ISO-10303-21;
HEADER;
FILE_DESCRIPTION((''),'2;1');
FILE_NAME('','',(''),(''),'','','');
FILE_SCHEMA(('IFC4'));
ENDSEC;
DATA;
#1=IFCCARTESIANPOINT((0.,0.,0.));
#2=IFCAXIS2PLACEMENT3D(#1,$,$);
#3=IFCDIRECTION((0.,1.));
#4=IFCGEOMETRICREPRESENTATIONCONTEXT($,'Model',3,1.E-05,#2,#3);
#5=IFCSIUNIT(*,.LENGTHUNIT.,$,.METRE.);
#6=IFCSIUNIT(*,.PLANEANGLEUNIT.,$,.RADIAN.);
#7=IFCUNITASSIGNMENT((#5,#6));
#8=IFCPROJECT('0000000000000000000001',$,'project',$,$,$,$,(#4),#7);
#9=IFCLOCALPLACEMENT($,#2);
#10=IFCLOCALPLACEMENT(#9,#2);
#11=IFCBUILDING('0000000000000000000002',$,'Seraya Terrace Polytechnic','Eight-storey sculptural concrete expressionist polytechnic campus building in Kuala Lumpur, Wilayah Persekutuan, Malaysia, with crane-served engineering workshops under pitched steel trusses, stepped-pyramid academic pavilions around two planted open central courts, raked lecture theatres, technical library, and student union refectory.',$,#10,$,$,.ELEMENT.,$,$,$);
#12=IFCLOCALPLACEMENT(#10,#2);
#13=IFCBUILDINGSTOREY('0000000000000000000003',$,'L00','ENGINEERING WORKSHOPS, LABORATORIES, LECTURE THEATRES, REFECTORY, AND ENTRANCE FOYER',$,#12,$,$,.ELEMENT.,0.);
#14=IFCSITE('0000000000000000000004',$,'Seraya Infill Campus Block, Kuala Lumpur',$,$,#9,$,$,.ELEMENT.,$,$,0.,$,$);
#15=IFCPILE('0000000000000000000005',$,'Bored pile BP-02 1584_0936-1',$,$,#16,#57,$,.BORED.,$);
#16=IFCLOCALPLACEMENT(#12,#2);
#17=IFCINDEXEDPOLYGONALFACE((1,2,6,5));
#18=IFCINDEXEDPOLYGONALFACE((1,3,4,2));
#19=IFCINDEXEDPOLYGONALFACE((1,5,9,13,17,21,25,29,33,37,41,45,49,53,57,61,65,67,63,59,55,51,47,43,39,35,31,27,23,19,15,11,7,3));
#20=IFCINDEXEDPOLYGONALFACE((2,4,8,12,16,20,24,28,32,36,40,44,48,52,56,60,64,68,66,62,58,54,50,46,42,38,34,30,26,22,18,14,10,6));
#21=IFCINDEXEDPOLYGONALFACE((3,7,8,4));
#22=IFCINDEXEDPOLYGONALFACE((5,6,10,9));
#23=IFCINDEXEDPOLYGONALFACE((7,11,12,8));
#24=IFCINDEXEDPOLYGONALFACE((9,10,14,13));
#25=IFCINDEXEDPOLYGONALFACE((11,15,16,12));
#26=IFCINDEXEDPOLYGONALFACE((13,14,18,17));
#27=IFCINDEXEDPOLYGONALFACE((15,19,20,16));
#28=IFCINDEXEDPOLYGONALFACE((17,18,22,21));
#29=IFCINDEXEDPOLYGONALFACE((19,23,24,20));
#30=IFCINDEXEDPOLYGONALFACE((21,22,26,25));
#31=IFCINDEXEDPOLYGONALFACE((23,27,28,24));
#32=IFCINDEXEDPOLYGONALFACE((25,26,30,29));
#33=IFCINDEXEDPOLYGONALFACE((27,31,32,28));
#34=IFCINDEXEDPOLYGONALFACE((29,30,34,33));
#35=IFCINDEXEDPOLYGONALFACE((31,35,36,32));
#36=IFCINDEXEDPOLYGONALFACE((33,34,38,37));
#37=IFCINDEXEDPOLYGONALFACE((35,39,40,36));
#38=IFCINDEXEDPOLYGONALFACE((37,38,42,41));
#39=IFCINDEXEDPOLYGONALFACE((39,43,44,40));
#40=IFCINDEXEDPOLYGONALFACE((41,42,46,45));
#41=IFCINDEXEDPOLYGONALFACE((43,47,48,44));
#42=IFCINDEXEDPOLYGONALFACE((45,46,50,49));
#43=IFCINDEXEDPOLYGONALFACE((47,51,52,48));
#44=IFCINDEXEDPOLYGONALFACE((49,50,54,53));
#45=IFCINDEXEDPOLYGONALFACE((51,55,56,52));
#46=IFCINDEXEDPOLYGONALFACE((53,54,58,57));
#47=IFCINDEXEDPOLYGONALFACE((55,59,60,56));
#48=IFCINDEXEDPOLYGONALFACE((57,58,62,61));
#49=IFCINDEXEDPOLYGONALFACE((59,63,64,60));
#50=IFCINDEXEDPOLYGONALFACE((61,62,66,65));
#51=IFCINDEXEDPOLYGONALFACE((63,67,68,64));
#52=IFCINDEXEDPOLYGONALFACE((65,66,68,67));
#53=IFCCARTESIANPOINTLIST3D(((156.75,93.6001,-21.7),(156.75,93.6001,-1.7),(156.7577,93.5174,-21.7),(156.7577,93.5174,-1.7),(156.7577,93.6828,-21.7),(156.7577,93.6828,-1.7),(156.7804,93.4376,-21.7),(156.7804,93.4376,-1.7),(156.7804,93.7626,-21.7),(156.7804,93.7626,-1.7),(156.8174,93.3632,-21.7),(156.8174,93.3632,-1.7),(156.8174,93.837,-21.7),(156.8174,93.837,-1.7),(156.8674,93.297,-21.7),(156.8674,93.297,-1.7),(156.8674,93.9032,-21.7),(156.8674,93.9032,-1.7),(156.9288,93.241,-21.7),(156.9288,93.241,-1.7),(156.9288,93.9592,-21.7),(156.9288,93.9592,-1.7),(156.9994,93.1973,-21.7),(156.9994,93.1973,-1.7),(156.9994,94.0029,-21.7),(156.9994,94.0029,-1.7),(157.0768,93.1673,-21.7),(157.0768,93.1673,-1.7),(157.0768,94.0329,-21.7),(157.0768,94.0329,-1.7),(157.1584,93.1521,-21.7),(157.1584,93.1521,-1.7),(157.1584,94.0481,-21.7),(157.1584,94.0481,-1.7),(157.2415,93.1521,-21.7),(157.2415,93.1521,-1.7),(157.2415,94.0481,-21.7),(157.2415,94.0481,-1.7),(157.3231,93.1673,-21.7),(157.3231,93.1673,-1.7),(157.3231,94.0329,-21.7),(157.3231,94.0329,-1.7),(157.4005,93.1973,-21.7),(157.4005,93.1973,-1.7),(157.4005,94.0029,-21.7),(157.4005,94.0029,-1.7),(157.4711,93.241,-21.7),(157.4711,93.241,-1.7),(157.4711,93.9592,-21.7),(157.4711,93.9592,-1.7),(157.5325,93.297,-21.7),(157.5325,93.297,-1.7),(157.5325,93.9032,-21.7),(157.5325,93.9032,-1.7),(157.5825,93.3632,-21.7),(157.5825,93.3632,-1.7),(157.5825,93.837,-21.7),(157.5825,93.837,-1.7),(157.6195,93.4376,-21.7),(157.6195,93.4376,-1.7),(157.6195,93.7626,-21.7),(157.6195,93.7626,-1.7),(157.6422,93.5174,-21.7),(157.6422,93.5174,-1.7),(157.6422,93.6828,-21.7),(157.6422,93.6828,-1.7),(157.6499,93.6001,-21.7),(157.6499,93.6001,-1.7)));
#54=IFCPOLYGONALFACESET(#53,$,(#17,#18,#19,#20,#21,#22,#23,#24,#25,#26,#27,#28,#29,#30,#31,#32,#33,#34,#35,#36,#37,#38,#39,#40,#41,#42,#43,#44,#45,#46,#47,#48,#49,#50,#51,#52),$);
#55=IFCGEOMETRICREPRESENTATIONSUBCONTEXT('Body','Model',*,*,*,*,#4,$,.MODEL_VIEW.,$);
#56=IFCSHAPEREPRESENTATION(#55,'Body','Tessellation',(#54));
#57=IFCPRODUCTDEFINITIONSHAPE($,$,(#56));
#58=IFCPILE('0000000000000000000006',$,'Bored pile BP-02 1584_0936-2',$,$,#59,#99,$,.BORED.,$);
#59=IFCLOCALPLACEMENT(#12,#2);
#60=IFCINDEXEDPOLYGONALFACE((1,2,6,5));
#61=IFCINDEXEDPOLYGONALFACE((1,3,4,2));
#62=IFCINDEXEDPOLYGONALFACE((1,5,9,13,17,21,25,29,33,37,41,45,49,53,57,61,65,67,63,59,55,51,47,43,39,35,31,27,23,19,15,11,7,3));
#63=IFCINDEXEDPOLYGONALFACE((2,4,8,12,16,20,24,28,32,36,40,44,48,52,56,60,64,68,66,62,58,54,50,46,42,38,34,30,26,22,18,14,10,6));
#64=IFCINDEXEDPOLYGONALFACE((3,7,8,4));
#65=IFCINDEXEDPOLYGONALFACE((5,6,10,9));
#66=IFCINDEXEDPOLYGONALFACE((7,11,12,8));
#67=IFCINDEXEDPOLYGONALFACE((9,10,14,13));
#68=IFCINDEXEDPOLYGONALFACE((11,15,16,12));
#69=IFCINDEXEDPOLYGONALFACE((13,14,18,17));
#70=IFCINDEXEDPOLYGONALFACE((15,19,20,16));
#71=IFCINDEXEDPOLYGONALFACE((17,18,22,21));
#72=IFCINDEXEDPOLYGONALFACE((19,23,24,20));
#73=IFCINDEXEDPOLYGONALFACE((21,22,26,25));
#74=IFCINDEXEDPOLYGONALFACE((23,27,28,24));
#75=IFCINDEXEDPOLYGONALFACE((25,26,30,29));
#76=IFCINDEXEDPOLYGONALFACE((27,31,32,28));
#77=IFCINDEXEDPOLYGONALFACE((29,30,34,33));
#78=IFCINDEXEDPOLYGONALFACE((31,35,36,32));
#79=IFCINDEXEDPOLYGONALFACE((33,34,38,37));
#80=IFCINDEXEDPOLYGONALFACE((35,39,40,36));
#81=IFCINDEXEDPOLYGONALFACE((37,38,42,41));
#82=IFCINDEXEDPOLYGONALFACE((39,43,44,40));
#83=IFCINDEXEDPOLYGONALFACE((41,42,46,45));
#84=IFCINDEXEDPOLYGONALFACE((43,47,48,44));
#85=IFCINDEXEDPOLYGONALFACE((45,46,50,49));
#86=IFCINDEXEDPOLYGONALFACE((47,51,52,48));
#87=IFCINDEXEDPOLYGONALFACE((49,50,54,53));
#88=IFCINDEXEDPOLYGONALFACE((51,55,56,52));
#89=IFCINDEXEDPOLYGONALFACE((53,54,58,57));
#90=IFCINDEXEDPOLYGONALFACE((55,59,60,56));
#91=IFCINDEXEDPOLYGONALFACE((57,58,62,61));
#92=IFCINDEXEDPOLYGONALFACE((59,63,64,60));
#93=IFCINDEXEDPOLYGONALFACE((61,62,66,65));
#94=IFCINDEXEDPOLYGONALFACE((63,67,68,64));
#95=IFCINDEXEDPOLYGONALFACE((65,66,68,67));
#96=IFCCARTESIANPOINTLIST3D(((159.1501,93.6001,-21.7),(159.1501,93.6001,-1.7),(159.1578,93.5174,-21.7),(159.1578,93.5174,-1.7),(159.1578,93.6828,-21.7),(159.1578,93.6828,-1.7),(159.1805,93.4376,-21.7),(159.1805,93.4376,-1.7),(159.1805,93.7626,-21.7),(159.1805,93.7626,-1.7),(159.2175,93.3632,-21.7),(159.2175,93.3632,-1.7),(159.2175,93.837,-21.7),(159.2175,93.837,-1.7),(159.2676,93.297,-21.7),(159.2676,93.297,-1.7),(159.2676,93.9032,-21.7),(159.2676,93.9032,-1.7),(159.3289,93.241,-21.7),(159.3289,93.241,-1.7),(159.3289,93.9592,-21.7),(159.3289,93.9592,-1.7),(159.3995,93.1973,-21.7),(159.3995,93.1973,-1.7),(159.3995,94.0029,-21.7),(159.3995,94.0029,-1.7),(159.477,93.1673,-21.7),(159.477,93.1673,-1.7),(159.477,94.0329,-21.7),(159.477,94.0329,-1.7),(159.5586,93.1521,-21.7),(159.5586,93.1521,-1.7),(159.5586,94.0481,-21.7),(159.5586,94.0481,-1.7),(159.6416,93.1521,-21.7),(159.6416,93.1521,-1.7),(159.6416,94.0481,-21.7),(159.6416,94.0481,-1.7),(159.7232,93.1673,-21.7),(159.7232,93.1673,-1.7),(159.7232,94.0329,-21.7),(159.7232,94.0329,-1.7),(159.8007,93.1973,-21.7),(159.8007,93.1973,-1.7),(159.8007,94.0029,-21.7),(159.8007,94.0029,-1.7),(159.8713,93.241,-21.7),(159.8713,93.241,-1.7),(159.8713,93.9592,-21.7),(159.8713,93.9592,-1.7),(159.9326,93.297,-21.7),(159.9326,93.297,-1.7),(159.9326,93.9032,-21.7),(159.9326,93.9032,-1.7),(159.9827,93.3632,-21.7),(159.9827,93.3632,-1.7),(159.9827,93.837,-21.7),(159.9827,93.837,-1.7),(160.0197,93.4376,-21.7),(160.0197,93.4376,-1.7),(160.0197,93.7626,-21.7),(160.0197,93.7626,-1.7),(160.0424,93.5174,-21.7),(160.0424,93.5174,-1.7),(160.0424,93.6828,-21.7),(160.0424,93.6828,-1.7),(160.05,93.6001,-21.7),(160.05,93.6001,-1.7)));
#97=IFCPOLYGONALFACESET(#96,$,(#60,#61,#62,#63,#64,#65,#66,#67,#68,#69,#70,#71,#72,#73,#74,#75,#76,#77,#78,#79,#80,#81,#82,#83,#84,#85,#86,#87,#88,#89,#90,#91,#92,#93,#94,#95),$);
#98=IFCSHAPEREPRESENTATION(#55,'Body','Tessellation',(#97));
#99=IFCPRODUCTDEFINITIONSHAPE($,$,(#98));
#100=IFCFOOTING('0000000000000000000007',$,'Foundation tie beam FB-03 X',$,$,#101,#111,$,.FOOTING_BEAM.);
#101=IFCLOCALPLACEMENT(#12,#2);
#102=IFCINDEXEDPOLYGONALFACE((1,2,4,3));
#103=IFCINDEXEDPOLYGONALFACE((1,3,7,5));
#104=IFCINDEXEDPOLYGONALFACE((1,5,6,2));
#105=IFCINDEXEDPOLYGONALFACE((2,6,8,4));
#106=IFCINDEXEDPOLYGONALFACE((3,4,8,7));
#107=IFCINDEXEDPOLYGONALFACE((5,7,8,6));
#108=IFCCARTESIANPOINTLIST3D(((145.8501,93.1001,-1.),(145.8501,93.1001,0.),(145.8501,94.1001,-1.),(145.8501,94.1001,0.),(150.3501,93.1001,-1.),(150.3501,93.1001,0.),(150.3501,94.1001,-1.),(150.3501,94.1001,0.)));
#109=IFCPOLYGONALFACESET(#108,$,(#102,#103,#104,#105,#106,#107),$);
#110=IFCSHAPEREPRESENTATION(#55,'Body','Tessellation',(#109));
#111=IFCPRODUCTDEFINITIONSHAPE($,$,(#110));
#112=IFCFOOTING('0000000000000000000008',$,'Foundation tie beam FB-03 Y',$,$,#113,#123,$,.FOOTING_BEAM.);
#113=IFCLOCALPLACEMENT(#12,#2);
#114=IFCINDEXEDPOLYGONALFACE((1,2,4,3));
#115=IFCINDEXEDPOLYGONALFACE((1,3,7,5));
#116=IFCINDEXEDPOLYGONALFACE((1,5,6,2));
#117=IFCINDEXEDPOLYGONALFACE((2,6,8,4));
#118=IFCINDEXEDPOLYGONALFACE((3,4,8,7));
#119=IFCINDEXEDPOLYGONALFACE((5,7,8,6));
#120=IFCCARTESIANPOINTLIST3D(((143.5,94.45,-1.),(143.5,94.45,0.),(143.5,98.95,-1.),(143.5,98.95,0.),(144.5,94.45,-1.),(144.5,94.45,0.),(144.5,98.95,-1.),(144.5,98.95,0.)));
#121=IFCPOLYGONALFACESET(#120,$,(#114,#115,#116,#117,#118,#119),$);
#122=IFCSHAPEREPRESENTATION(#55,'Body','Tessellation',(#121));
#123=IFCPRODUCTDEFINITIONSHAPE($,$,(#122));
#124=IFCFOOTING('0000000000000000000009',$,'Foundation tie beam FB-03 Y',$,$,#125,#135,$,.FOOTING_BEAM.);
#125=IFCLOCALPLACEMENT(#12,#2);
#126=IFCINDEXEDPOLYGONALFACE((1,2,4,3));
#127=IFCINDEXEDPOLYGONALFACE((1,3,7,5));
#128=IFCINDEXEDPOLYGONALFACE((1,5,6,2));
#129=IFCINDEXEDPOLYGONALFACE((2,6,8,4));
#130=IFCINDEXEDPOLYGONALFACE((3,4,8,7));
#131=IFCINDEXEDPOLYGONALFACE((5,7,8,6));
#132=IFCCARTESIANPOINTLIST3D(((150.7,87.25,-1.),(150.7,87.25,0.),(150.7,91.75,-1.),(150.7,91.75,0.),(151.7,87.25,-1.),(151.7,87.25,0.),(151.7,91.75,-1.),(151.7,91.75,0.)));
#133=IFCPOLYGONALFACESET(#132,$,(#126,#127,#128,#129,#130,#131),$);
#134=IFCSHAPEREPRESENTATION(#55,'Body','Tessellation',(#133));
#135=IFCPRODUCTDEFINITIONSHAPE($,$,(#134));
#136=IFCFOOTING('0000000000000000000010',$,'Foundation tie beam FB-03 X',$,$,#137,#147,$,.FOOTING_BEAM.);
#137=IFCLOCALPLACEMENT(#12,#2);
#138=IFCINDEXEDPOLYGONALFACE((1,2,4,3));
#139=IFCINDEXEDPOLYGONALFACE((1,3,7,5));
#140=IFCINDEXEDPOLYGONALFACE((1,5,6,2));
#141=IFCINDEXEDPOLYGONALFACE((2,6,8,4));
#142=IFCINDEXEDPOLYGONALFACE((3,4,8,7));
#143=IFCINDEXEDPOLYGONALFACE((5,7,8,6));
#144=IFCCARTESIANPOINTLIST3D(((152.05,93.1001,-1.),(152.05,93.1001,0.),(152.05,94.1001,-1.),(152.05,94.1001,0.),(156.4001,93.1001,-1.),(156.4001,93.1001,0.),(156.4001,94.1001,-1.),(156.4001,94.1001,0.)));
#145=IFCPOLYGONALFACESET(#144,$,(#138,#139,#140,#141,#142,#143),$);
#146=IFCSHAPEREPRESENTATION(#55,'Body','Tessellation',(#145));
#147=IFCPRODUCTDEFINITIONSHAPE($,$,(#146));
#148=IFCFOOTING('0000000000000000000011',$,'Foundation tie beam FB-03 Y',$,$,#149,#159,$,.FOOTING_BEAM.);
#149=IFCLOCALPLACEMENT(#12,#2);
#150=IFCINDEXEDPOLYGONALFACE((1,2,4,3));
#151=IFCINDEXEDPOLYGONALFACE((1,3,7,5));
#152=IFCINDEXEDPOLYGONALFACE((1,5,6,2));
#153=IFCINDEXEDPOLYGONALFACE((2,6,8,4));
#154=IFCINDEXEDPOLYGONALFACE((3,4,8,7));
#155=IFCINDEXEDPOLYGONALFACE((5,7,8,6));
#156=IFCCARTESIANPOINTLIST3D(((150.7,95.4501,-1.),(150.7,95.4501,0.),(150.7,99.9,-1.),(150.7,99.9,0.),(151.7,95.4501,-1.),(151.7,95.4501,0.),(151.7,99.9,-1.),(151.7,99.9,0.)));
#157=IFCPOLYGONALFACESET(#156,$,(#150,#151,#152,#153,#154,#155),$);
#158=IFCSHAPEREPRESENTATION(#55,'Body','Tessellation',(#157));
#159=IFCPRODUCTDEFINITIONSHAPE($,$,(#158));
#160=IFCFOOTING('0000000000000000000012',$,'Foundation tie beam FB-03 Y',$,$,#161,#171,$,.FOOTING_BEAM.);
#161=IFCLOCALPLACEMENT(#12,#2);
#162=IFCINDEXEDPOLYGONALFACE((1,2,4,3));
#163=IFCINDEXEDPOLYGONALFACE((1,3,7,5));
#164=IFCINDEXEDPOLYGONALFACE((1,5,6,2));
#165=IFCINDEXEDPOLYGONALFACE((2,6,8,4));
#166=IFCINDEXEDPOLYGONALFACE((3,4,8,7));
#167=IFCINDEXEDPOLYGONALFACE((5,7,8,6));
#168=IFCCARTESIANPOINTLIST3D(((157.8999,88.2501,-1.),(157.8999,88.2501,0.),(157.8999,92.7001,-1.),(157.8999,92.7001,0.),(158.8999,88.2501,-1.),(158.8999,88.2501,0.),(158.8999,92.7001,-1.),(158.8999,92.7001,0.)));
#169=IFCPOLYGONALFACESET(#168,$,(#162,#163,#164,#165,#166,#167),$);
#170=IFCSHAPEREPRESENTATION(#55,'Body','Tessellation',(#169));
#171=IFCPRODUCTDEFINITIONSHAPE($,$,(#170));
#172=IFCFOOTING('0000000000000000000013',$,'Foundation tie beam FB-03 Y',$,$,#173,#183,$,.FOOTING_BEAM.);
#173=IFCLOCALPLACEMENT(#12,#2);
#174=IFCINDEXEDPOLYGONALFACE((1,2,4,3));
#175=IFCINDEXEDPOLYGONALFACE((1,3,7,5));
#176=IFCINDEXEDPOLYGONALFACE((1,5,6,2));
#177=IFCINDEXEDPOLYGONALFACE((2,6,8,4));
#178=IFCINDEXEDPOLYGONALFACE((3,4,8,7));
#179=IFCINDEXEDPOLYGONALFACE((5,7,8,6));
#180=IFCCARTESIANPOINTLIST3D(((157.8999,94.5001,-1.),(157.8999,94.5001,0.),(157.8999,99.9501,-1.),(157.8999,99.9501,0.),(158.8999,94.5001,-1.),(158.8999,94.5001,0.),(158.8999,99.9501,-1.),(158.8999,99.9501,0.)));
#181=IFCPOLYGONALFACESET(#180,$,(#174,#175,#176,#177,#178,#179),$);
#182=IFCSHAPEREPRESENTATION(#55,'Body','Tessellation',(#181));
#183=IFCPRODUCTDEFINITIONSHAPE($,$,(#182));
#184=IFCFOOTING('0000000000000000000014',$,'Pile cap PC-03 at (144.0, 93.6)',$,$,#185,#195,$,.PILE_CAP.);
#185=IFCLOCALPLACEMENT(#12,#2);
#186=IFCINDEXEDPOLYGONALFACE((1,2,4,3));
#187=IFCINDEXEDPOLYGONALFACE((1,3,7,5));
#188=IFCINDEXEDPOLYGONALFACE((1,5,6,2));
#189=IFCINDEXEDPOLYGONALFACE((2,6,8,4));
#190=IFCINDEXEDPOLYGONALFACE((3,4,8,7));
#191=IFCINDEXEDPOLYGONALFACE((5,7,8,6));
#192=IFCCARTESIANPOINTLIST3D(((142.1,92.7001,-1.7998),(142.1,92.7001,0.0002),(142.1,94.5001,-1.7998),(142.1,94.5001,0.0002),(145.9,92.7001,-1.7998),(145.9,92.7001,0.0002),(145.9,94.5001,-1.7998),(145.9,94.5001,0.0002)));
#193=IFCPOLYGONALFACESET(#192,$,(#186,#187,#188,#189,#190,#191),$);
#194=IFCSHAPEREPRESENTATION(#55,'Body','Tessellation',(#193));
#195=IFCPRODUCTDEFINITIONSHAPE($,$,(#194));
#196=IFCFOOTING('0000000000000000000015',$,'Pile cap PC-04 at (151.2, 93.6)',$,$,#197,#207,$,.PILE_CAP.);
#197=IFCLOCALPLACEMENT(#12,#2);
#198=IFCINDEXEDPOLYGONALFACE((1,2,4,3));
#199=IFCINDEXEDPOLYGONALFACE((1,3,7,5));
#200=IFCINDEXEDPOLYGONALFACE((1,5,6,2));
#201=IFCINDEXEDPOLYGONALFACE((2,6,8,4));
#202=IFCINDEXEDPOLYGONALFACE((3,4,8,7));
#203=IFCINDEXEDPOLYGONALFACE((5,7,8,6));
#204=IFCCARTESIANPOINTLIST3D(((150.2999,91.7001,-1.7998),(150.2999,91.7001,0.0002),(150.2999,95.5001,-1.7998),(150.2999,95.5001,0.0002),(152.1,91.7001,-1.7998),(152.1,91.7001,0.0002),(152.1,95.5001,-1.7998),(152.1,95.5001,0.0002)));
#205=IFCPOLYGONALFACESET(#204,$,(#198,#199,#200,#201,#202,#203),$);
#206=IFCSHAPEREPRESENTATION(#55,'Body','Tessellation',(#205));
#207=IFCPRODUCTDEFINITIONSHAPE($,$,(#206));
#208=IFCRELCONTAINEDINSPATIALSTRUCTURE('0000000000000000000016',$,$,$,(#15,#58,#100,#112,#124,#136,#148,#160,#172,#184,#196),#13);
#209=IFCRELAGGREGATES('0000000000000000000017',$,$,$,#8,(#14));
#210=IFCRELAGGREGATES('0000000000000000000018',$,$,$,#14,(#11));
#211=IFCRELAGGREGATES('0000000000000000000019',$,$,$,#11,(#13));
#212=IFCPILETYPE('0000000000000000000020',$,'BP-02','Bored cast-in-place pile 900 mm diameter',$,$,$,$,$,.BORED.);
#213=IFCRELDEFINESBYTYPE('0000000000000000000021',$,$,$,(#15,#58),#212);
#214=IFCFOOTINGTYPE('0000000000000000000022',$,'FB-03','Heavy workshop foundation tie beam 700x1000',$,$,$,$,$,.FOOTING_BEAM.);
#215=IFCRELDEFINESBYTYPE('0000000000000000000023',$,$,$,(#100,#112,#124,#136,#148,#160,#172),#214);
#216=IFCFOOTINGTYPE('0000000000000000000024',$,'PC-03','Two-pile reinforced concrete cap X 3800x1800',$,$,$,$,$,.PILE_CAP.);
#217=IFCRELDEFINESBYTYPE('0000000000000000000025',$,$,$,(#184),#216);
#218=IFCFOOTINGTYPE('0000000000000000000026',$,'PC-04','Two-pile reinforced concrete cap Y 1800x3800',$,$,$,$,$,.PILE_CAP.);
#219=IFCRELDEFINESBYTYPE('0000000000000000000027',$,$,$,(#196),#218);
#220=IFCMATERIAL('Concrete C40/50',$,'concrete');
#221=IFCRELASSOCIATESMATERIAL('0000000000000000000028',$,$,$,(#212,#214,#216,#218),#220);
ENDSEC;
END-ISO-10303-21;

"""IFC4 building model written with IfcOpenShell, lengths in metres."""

from ifc_helpers import new_model, si_unit, direction, frame, origin, origin_2d, place, context, subcontext, project, spatial, rectangle, circle, extrude, material, material_profile, profile_set, type_object, element, save


model = new_model("IFC4")

# Units and contexts
model_context = context("Model", 3, precision=1e-05, world=origin(), true_north=direction((0.0, 1.0)))
body_context = subcontext(model_context, "Body", "Model", "MODEL_VIEW")
ifc_project = project(units=[si_unit("LENGTHUNIT", "METRE"), si_unit("PLANEANGLEUNIT", "RADIAN")], contexts=[model_context])

# Site, building, storey
site_placement = place(None, origin())
site = spatial("IfcSite", under=ifc_project, at=site_placement, Name="Seraya Infill Campus Block, Kuala Lumpur", CompositionType="ELEMENT", RefElevation=0.0)
building_placement = place(site_placement, origin())
building = spatial("IfcBuilding", under=site, at=building_placement, Name="Seraya Terrace Polytechnic", Description="Eight-storey sculptural concrete expressionist polytechnic campus building in Kuala Lumpur, Wilayah Persekutuan, Malaysia, with crane-served engineering workshops under pitched steel trusses, stepped-pyramid academic pavilions around two planted open central courts, raked lecture theatres, technical library, and student union refectory.", CompositionType="ELEMENT")
storey_placement = place(building_placement, origin())
storey = spatial("IfcBuildingStorey", under=building, at=storey_placement, Name="L00", Description="ENGINEERING WORKSHOPS, LABORATORIES, LECTURE THEATRES, REFECTORY, AND ENTRANCE FOYER", CompositionType="ELEMENT", Elevation=0.0)

# Piles
ifc_material_1 = material(Name="Concrete C40/50", Category="concrete")
ifc_material_profile_1 = material_profile(ifc_material_1, circle(Radius=0.45, at=origin_2d()), Name="DIA 900")
ifc_profile_set_1 = profile_set([ifc_material_profile_1], Name="Concrete C40/50")
pile_type = type_object("IfcPileType", Name="BP-02", Description="Bored cast-in-place pile 900 mm diameter", PredefinedType="BORED", material=ifc_profile_set_1)
for number, where, z_axis, x_axis, name in (
    (1, (157.2, 93.6001, -1.7), (0.0, 0.0, -1.0), (1.0, 0.0, 0.0), "Bored pile BP-02 1584_0936-1"),
    (2, (159.6001, 93.6001, -1.7), (0.0, 0.0, -1.0), (1.0, 0.0, 0.0), "Bored pile BP-02 1584_0936-2"),
):
    element("IfcPile", number, at=place(storey_placement, frame(where, z_axis=z_axis, x_axis=x_axis)), inside=storey, type_object=pile_type, Name=name, PredefinedType="BORED", context=body_context, shape_type="SweptSolid", body=[
        extrude(circle(Radius=0.45, at=origin_2d()), origin(), (0.0, 0.0, 1.0), 20.0),
    ])

# Footings
footing_type_1 = type_object("IfcFootingType", Name="FB-03", Description="Heavy workshop foundation tie beam 700x1000", PredefinedType="FOOTING_BEAM", material=ifc_material_1)
for number, where, z_axis, x_axis, name in (
    (3, (148.1001, 93.6001, -1.0), (0.0, 0.0, 1.0), (1.0, 0.0, 0.0), "Foundation tie beam FB-03 X"),
    (4, (144.0, 96.7, -1.0), (0.0, 0.0, 1.0), (0.0, 1.0, 0.0), "Foundation tie beam FB-03 Y"),
    (5, (151.2, 89.5, -1.0), (0.0, 0.0, 1.0), (0.0, 1.0, 0.0), "Foundation tie beam FB-03 Y"),
):
    element("IfcFooting", number, at=place(storey_placement, frame(where, z_axis=z_axis, x_axis=x_axis)), inside=storey, type_object=footing_type_1, Name=name, PredefinedType="FOOTING_BEAM", context=body_context, shape_type="SweptSolid", body=[
        extrude(rectangle(XDim=4.5, YDim=1.0, at=origin_2d()), origin(), (0.0, 0.0, 1.0), 1.0),
    ])
footing_1_placement = place(storey_placement, frame((154.2251, 93.6001, -1.0), z_axis=(0.0, 0.0, 1.0), x_axis=(1.0, 0.0, 0.0)))
element("IfcFooting", 6, at=footing_1_placement, inside=storey, type_object=footing_type_1, Name="Foundation tie beam FB-03 X", PredefinedType="FOOTING_BEAM", context=body_context, shape_type="SweptSolid", body=[
    extrude(rectangle(XDim=4.3501, YDim=1.0, at=origin_2d()), origin(), (0.0, 0.0, 1.0), 1.0),
])
for number, where, z_axis, x_axis, name in (
    (7, (151.2, 97.675, -1.0), (0.0, 0.0, 1.0), (0.0, 1.0, 0.0), "Foundation tie beam FB-03 Y"),
    (8, (158.3999, 90.4751, -1.0), (0.0, 0.0, 1.0), (0.0, 1.0, 0.0), "Foundation tie beam FB-03 Y"),
):
    element("IfcFooting", number, at=place(storey_placement, frame(where, z_axis=z_axis, x_axis=x_axis)), inside=storey, type_object=footing_type_1, Name=name, PredefinedType="FOOTING_BEAM", context=body_context, shape_type="SweptSolid", body=[
        extrude(rectangle(XDim=4.45, YDim=1.0, at=origin_2d()), origin(), (0.0, 0.0, 1.0), 1.0),
    ])
footing_2_placement = place(storey_placement, frame((158.3999, 97.2251, -1.0), z_axis=(0.0, 0.0, 1.0), x_axis=(0.0, 1.0, 0.0)))
element("IfcFooting", 9, at=footing_2_placement, inside=storey, type_object=footing_type_1, Name="Foundation tie beam FB-03 Y", PredefinedType="FOOTING_BEAM", context=body_context, shape_type="SweptSolid", body=[
    extrude(rectangle(XDim=5.45, YDim=1.0, at=origin_2d()), origin(), (0.0, 0.0, 1.0), 1.0),
])
footing_type_2 = type_object("IfcFootingType", Name="PC-03", Description="Two-pile reinforced concrete cap X 3800x1800", PredefinedType="PILE_CAP", material=ifc_material_1)
footing_3_placement = place(storey_placement, frame((144.0, 93.6001, -1.7998), z_axis=(0.0, 0.0, 1.0), x_axis=(1.0, 0.0, 0.0)))
element("IfcFooting", 10, at=footing_3_placement, inside=storey, type_object=footing_type_2, Name="Pile cap PC-03 at (144.0, 93.6)", PredefinedType="PILE_CAP", context=body_context, shape_type="SweptSolid", body=[
    extrude(rectangle(XDim=3.8, YDim=1.8, at=origin_2d()), origin(), (0.0, 0.0, 1.0), 1.8),
])
footing_type_3 = type_object("IfcFootingType", Name="PC-04", Description="Two-pile reinforced concrete cap Y 1800x3800", PredefinedType="PILE_CAP", material=ifc_material_1)
footing_4_placement = place(storey_placement, frame((151.2, 93.6001, -1.7998), z_axis=(0.0, 0.0, 1.0), x_axis=(1.0, 0.0, 0.0)))
element("IfcFooting", 11, at=footing_4_placement, inside=storey, type_object=footing_type_3, Name="Pile cap PC-04 at (151.2, 93.6)", PredefinedType="PILE_CAP", context=body_context, shape_type="SweptSolid", body=[
    extrude(rectangle(XDim=1.8, YDim=3.8, at=origin_2d()), origin(), (0.0, 0.0, 1.0), 1.8),
])

save(model, "model.ifc")
